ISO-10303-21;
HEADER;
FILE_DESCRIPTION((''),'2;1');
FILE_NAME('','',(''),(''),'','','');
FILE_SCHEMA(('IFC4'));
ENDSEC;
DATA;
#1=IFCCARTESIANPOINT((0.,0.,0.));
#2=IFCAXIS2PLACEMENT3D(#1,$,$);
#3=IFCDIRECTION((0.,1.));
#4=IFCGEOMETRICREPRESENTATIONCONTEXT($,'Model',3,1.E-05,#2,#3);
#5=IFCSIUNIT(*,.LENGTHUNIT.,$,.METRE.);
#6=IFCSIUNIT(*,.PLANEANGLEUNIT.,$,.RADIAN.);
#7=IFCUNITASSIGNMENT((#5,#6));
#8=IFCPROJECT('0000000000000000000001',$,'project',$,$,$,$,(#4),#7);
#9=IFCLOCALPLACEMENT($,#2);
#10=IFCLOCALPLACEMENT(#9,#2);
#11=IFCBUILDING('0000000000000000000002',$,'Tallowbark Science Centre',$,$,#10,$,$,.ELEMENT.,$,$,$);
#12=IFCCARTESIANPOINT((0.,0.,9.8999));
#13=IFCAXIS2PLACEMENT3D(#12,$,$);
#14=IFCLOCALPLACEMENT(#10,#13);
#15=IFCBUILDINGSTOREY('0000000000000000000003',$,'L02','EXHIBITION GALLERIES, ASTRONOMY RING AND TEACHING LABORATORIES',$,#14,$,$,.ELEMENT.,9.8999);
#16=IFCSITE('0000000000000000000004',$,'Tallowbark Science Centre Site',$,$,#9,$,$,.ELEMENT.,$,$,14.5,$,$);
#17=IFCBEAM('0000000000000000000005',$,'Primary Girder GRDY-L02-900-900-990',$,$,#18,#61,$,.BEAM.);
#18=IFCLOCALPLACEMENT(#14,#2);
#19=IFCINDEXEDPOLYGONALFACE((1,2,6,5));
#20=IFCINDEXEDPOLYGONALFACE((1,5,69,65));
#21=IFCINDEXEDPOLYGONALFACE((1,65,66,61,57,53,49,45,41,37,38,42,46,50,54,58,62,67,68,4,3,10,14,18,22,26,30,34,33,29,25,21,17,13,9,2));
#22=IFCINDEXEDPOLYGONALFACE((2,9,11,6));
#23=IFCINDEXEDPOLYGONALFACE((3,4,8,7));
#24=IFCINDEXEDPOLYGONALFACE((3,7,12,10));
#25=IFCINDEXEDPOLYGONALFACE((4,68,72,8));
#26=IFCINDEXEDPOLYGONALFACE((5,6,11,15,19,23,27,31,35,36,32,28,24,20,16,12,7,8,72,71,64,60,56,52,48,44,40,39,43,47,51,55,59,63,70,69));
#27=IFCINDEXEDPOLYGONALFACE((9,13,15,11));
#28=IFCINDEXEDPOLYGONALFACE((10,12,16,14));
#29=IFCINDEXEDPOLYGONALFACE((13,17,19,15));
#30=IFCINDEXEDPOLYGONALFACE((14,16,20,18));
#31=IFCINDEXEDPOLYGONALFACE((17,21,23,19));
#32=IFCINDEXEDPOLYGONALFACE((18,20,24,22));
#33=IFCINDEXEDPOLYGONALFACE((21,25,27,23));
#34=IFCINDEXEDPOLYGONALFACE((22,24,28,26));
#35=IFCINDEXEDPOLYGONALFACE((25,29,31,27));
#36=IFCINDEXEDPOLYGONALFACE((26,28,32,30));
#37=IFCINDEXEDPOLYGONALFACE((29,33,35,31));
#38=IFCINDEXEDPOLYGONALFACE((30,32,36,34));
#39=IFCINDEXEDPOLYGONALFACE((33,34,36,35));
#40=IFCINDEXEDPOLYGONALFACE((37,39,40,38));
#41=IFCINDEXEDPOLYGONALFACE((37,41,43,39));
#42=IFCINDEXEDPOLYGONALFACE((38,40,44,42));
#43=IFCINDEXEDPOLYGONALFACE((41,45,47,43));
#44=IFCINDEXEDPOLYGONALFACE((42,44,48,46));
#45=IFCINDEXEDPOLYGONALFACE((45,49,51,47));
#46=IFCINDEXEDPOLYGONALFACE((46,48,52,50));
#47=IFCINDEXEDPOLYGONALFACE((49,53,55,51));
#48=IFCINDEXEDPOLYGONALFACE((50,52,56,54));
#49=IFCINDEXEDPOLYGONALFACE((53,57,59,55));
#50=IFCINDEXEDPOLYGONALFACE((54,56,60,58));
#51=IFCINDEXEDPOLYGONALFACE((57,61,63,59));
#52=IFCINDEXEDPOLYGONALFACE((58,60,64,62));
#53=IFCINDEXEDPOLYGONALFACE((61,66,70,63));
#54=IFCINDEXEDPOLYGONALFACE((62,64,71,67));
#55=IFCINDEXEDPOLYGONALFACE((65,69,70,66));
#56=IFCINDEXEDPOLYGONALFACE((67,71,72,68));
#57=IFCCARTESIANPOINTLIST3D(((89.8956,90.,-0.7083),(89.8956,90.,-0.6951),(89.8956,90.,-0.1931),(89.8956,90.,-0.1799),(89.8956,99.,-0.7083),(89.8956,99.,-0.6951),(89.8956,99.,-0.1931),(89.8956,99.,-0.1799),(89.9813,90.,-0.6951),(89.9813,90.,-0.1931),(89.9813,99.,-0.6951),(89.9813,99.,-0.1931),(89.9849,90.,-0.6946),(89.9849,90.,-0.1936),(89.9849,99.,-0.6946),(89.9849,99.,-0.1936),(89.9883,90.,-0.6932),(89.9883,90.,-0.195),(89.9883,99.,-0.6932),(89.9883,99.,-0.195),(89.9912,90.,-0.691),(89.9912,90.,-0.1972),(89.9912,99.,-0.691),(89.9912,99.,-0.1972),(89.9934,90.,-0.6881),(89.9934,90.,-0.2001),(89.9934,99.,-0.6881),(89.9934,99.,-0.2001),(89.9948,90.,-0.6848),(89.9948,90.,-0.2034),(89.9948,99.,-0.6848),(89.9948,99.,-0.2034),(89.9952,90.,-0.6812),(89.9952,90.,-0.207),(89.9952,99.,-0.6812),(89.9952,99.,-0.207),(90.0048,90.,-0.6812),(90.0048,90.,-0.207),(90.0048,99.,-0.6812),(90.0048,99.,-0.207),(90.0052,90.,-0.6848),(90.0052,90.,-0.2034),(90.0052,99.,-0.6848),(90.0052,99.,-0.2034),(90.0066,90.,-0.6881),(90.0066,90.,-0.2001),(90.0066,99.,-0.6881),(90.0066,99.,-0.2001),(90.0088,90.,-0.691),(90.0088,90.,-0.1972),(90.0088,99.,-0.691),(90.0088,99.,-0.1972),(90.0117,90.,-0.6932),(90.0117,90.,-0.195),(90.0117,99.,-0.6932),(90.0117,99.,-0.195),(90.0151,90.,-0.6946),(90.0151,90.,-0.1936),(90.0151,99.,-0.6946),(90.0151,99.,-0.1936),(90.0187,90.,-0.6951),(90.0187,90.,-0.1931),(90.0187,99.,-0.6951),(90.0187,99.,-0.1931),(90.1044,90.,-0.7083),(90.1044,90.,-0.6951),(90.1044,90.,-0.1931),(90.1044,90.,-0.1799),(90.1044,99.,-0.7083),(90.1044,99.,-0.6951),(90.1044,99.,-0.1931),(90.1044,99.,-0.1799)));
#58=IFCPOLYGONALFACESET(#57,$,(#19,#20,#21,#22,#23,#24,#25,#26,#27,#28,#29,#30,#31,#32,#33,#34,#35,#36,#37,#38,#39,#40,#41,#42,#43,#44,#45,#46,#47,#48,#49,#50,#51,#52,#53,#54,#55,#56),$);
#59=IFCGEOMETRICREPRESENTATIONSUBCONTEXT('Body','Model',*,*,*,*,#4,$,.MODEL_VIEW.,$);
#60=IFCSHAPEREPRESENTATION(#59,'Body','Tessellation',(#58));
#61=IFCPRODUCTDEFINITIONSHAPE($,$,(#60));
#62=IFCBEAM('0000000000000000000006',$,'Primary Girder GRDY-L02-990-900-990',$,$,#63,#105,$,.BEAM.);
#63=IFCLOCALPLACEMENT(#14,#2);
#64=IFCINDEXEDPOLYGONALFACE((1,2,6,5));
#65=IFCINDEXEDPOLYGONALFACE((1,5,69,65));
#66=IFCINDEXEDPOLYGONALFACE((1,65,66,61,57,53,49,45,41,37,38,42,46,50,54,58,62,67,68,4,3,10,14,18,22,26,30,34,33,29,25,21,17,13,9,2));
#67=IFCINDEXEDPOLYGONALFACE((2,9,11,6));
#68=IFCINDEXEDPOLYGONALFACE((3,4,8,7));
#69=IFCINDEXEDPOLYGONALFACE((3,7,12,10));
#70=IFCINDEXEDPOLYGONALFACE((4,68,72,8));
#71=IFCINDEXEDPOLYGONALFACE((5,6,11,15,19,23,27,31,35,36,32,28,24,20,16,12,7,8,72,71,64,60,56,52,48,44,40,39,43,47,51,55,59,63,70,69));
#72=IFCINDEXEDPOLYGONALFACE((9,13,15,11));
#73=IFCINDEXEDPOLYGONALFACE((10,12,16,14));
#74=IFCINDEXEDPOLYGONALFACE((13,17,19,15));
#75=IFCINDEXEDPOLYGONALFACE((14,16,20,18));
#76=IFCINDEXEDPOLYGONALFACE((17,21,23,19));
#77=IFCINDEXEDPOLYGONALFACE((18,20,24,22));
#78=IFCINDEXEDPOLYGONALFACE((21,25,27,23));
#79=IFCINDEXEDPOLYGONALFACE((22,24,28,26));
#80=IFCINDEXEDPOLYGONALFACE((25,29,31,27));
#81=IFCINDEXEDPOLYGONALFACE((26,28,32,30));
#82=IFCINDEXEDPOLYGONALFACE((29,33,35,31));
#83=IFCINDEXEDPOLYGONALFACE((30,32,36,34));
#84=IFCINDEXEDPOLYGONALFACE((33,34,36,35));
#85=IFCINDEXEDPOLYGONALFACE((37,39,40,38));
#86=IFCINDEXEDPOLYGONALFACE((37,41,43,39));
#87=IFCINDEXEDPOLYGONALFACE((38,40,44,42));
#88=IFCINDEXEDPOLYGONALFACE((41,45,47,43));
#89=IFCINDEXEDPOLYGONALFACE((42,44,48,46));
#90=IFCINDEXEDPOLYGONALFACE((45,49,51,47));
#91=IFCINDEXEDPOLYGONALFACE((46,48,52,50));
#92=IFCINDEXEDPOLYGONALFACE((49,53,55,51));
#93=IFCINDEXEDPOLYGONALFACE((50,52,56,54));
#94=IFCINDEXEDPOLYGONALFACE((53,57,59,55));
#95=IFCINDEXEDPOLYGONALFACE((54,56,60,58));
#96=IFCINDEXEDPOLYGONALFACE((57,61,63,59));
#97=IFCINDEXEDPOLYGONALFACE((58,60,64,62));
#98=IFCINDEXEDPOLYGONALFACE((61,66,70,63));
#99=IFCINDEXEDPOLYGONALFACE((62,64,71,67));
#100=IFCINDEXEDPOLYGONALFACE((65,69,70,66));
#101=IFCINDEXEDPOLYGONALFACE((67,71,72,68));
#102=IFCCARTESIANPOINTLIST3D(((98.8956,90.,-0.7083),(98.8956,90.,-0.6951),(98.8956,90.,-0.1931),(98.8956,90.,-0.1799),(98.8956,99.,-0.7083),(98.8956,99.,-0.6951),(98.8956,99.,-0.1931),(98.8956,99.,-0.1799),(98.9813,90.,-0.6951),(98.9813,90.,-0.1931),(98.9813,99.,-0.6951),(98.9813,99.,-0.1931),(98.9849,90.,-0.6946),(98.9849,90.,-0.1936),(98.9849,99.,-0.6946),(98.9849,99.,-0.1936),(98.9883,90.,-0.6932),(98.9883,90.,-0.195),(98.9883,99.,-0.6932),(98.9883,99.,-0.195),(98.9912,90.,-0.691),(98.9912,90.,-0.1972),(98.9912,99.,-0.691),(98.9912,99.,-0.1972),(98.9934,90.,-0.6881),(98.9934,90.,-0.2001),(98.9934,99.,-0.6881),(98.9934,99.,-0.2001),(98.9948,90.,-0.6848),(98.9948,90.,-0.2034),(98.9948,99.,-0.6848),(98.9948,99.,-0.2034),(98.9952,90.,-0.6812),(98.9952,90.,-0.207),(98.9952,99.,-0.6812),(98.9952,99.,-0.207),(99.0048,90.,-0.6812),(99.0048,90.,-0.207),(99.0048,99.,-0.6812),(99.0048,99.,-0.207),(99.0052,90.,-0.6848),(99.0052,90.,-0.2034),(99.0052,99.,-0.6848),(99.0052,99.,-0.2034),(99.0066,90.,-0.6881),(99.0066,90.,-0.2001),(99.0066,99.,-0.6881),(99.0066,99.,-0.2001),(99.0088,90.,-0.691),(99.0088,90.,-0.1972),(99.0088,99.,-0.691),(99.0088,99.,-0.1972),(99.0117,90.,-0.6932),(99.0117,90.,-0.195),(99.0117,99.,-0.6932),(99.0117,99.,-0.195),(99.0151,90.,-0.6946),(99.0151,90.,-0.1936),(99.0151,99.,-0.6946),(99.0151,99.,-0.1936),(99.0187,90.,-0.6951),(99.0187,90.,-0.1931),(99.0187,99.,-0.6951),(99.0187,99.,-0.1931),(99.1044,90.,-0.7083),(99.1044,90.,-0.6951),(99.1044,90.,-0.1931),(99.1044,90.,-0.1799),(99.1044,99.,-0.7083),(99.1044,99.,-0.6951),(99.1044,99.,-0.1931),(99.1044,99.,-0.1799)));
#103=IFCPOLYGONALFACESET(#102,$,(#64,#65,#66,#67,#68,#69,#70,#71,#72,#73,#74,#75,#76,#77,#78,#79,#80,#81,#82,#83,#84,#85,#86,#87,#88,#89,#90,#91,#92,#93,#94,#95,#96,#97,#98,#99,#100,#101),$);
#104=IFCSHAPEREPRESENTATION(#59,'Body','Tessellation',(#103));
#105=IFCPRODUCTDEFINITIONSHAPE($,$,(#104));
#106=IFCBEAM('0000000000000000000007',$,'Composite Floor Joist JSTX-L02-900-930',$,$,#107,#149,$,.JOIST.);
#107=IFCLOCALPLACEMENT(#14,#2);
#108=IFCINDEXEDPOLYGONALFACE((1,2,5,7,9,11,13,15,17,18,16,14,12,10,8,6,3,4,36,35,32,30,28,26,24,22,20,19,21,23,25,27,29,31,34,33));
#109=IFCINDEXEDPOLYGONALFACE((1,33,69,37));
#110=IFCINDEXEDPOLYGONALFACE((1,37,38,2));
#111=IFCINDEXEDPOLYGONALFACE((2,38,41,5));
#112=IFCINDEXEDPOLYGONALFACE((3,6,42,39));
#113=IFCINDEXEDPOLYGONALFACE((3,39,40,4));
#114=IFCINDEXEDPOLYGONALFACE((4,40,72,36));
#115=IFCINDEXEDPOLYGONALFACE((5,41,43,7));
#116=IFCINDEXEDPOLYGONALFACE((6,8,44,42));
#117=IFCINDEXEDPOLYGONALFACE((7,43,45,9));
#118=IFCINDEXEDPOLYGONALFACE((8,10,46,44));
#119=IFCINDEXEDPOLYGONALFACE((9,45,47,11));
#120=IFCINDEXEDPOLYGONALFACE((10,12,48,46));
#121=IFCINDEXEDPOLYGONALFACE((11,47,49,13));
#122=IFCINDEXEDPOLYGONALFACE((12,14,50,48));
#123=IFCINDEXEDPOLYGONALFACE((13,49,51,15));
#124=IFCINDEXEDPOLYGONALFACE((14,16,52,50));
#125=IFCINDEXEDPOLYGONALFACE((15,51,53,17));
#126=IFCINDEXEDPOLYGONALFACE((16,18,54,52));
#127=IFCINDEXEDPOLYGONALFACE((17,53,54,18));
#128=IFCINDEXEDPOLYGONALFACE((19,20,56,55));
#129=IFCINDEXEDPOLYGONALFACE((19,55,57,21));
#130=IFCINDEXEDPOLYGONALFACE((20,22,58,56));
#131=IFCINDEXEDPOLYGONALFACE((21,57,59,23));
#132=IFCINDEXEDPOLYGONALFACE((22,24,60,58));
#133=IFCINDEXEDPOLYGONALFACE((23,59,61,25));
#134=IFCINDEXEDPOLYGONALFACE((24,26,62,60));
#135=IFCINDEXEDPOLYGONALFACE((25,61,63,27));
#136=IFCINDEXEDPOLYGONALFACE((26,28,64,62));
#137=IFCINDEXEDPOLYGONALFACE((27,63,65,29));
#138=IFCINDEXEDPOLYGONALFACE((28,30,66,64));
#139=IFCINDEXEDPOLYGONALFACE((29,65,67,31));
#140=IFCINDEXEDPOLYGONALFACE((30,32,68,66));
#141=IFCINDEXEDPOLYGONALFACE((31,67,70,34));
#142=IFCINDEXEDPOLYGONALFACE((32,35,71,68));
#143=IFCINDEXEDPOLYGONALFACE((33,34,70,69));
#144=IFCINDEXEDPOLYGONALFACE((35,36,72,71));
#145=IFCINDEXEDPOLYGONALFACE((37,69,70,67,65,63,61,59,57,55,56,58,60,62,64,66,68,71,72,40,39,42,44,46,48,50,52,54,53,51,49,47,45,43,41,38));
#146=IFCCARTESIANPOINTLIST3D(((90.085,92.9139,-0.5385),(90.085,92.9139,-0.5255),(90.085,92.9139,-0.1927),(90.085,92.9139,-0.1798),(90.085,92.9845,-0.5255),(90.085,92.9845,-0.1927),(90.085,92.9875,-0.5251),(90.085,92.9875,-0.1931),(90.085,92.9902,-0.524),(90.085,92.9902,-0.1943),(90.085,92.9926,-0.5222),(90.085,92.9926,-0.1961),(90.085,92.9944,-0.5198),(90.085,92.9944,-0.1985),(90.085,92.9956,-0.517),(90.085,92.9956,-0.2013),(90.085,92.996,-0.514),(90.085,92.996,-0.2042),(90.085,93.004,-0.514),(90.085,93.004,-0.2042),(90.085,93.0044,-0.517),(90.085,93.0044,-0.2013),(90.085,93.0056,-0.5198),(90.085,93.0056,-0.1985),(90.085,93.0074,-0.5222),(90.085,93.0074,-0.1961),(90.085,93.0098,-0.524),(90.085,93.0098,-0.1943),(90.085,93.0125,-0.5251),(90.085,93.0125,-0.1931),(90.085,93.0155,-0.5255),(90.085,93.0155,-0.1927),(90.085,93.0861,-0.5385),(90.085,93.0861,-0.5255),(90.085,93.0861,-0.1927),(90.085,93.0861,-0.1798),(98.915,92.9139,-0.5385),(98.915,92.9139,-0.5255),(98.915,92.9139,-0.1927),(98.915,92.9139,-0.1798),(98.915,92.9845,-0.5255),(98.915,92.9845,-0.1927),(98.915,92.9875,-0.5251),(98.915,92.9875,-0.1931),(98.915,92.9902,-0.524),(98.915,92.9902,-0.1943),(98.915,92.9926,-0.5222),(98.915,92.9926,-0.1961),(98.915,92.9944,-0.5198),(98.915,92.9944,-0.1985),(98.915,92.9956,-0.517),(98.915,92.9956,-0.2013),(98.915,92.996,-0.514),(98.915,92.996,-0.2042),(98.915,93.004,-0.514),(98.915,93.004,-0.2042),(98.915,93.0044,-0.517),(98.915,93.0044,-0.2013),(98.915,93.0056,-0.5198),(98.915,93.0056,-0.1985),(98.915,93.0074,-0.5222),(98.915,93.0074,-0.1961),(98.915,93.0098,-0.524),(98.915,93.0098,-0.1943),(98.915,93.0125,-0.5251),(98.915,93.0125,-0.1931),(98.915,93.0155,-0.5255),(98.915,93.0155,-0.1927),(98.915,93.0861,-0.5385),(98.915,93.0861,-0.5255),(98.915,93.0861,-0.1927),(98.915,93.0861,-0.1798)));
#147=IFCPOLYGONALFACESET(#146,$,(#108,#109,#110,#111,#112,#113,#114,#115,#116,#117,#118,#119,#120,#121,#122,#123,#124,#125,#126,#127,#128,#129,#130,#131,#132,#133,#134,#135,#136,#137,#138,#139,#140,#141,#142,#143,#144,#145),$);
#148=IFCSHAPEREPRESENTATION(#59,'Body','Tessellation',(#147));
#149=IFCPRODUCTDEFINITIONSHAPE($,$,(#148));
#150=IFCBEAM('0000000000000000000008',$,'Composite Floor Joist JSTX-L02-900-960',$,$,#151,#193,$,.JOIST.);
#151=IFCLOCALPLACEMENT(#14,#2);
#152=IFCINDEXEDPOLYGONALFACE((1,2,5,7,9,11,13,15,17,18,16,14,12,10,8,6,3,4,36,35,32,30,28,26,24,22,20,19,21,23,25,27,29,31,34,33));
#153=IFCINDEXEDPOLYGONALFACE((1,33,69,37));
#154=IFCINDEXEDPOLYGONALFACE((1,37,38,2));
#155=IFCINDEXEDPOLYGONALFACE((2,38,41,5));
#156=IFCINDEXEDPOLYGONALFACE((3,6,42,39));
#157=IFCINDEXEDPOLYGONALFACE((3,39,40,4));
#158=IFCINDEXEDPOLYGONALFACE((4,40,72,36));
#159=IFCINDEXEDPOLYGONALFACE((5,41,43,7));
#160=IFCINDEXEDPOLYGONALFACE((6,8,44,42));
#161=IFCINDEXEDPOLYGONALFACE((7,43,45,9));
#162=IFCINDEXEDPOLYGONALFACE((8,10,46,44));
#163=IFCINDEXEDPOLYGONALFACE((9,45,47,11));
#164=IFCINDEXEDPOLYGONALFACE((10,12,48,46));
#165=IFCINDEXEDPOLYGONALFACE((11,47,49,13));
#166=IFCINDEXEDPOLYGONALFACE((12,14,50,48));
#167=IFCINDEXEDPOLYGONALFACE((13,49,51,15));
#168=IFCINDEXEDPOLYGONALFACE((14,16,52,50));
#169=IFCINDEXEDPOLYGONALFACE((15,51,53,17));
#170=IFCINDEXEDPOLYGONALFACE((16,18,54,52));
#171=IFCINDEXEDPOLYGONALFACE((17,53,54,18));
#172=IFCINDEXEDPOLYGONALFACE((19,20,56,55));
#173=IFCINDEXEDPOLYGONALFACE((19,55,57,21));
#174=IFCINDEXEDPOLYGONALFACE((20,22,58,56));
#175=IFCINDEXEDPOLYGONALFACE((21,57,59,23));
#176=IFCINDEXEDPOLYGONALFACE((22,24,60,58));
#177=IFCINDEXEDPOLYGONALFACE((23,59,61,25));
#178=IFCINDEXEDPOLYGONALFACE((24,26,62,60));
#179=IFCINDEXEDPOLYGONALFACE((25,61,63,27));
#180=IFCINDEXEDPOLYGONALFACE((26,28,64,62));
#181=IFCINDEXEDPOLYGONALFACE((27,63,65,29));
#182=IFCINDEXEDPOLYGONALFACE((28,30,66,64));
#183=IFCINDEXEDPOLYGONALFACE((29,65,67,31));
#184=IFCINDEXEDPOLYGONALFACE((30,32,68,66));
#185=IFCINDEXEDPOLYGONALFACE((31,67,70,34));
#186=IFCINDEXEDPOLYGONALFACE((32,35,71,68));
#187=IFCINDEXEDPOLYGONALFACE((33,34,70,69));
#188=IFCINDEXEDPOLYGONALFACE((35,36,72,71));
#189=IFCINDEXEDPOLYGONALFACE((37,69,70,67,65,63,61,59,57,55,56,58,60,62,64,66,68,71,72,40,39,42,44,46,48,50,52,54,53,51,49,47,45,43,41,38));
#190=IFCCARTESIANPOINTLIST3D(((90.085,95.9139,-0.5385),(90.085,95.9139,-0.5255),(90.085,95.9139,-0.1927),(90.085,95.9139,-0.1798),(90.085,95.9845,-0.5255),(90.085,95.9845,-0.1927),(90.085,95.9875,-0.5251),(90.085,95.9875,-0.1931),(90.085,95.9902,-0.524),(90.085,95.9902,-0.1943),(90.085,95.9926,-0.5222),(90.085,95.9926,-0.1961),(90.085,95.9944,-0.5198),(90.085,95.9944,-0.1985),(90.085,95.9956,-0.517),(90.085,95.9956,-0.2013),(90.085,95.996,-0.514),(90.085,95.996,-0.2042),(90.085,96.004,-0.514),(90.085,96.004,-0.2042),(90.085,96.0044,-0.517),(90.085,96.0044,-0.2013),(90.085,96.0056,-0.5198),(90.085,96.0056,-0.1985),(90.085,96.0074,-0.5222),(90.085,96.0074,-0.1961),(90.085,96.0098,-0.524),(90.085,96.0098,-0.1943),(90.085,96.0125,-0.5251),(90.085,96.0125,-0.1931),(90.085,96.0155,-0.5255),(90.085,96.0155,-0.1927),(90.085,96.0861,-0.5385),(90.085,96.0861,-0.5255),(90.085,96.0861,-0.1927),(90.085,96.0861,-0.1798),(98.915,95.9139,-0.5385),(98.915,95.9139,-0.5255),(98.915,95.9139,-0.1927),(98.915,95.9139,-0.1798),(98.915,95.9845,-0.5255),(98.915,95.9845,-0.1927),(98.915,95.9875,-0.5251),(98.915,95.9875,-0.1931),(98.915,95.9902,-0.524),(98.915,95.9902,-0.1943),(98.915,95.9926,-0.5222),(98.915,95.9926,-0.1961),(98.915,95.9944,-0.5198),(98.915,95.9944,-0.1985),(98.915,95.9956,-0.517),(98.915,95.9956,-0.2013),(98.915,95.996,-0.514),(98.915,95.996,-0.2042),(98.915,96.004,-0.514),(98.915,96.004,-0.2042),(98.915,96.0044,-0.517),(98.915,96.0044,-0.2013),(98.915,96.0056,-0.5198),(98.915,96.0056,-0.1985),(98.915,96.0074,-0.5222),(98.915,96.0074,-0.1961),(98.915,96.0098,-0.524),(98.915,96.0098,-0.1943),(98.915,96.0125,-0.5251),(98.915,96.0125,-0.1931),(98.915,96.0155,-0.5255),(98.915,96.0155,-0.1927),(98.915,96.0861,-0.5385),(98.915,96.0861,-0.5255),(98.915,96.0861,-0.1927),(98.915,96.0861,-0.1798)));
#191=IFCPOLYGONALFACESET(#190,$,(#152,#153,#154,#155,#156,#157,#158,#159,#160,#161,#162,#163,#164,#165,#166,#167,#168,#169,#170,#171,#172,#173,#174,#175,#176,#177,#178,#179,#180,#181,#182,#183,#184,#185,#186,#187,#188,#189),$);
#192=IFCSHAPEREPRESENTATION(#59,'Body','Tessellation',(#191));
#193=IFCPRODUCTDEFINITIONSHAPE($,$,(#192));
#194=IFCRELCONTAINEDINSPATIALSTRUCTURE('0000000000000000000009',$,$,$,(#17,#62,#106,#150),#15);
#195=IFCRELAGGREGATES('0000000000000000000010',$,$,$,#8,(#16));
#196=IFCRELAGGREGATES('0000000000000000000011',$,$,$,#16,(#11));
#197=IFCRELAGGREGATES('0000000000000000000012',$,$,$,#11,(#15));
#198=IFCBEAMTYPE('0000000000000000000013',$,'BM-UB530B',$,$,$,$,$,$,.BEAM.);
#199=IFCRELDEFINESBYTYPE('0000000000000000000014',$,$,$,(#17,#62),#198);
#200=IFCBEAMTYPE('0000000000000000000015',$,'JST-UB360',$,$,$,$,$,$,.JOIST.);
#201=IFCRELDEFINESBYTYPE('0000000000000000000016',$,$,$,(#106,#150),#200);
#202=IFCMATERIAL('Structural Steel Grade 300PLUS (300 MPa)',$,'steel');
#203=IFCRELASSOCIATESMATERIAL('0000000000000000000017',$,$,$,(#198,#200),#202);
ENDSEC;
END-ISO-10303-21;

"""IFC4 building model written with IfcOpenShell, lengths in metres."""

from ifc_helpers import new_model, si_unit, direction, frame, origin, origin_2d, place, context, subcontext, project, spatial, i_section, extrude, material, material_profile, profile_set, type_object, element, save


model = new_model("IFC4")

# Units and contexts
model_context = context("Model", 3, precision=1e-05, world=origin(), true_north=direction((0.0, 1.0)))
body_context = subcontext(model_context, "Body", "Model", "MODEL_VIEW")
ifc_project = project(units=[si_unit("LENGTHUNIT", "METRE"), si_unit("PLANEANGLEUNIT", "RADIAN")], contexts=[model_context])

# Site, building, storey
site_placement = place(None, origin())
site = spatial("IfcSite", under=ifc_project, at=site_placement, Name="Tallowbark Science Centre Site", CompositionType="ELEMENT", RefElevation=14.5)
building_placement = place(site_placement, origin())
building = spatial("IfcBuilding", under=site, at=building_placement, Name="Tallowbark Science Centre", CompositionType="ELEMENT")
storey_placement = place(building_placement, frame((0.0, 0.0, 9.8999)))
storey = spatial("IfcBuildingStorey", under=building, at=storey_placement, Name="L02", Description="EXHIBITION GALLERIES, ASTRONOMY RING AND TEACHING LABORATORIES", CompositionType="ELEMENT", Elevation=9.8999)

# Shared definitions
ifc_material_1 = material(Name="Structural Steel Grade 300PLUS (300 MPa)", Category="steel")

# Beams
ifc_material_profile_1 = material_profile(ifc_material_1, i_section(OverallWidth=0.2087, OverallDepth=0.5283, WebThickness=0.0095, FlangeThickness=0.0132, FilletRadius=0.0139, at=origin_2d()), Name="530UB82.0")
ifc_profile_set_1 = profile_set([ifc_material_profile_1], Name="Structural Steel Grade 300PLUS (300 MPa)")
beam_type_1 = type_object("IfcBeamType", Name="BM-UB530B", PredefinedType="BEAM", material=ifc_profile_set_1)
for number, where, z_axis, x_axis, name in (
    (1, (90.0, 90.0, -0.4441), (0.0, 1.0, 0.0), (-1.0, 0.0, 0.0), "Primary Girder GRDY-L02-900-900-990"),
    (2, (99.0, 90.0, -0.4441), (0.0, 1.0, 0.0), (-1.0, 0.0, 0.0), "Primary Girder GRDY-L02-990-900-990"),
):
    element("IfcBeam", number, at=place(storey_placement, frame(where, z_axis=z_axis, x_axis=x_axis)), inside=storey, type_object=beam_type_1, Name=name, PredefinedType="BEAM", context=body_context, shape_type="SweptSolid", body=[
        extrude(i_section(OverallWidth=0.2087, OverallDepth=0.5283, WebThickness=0.0095, FlangeThickness=0.0132, FilletRadius=0.0139, at=origin_2d()), origin(), (0.0, 0.0, 1.0), 9.0),
    ])
ifc_material_profile_2 = material_profile(ifc_material_1, i_section(OverallWidth=0.1721, OverallDepth=0.3586, WebThickness=0.0081, FlangeThickness=0.0129, FilletRadius=0.0115, at=origin_2d()), Name="360UB56.7")
ifc_profile_set_2 = profile_set([ifc_material_profile_2], Name="Structural Steel Grade 300PLUS (300 MPa)")
beam_type_2 = type_object("IfcBeamType", Name="JST-UB360", PredefinedType="JOIST", material=ifc_profile_set_2)
for number, where, z_axis, x_axis, name in (
    (3, (90.085, 93.0, -0.3591), (1.0, 0.0, 0.0), (0.0, 1.0, 0.0), "Composite Floor Joist JSTX-L02-900-930"),
    (4, (90.085, 96.0, -0.3591), (1.0, 0.0, 0.0), (0.0, 1.0, 0.0), "Composite Floor Joist JSTX-L02-900-960"),
):
    element("IfcBeam", number, at=place(storey_placement, frame(where, z_axis=z_axis, x_axis=x_axis)), inside=storey, type_object=beam_type_2, Name=name, PredefinedType="JOIST", context=body_context, shape_type="SweptSolid", body=[
        extrude(i_section(OverallWidth=0.1721, OverallDepth=0.3586, WebThickness=0.0081, FlangeThickness=0.0129, FilletRadius=0.0115, at=origin_2d()), origin(), (0.0, 0.0, 1.0), 8.8301),
    ])

save(model, "model.ifc")
